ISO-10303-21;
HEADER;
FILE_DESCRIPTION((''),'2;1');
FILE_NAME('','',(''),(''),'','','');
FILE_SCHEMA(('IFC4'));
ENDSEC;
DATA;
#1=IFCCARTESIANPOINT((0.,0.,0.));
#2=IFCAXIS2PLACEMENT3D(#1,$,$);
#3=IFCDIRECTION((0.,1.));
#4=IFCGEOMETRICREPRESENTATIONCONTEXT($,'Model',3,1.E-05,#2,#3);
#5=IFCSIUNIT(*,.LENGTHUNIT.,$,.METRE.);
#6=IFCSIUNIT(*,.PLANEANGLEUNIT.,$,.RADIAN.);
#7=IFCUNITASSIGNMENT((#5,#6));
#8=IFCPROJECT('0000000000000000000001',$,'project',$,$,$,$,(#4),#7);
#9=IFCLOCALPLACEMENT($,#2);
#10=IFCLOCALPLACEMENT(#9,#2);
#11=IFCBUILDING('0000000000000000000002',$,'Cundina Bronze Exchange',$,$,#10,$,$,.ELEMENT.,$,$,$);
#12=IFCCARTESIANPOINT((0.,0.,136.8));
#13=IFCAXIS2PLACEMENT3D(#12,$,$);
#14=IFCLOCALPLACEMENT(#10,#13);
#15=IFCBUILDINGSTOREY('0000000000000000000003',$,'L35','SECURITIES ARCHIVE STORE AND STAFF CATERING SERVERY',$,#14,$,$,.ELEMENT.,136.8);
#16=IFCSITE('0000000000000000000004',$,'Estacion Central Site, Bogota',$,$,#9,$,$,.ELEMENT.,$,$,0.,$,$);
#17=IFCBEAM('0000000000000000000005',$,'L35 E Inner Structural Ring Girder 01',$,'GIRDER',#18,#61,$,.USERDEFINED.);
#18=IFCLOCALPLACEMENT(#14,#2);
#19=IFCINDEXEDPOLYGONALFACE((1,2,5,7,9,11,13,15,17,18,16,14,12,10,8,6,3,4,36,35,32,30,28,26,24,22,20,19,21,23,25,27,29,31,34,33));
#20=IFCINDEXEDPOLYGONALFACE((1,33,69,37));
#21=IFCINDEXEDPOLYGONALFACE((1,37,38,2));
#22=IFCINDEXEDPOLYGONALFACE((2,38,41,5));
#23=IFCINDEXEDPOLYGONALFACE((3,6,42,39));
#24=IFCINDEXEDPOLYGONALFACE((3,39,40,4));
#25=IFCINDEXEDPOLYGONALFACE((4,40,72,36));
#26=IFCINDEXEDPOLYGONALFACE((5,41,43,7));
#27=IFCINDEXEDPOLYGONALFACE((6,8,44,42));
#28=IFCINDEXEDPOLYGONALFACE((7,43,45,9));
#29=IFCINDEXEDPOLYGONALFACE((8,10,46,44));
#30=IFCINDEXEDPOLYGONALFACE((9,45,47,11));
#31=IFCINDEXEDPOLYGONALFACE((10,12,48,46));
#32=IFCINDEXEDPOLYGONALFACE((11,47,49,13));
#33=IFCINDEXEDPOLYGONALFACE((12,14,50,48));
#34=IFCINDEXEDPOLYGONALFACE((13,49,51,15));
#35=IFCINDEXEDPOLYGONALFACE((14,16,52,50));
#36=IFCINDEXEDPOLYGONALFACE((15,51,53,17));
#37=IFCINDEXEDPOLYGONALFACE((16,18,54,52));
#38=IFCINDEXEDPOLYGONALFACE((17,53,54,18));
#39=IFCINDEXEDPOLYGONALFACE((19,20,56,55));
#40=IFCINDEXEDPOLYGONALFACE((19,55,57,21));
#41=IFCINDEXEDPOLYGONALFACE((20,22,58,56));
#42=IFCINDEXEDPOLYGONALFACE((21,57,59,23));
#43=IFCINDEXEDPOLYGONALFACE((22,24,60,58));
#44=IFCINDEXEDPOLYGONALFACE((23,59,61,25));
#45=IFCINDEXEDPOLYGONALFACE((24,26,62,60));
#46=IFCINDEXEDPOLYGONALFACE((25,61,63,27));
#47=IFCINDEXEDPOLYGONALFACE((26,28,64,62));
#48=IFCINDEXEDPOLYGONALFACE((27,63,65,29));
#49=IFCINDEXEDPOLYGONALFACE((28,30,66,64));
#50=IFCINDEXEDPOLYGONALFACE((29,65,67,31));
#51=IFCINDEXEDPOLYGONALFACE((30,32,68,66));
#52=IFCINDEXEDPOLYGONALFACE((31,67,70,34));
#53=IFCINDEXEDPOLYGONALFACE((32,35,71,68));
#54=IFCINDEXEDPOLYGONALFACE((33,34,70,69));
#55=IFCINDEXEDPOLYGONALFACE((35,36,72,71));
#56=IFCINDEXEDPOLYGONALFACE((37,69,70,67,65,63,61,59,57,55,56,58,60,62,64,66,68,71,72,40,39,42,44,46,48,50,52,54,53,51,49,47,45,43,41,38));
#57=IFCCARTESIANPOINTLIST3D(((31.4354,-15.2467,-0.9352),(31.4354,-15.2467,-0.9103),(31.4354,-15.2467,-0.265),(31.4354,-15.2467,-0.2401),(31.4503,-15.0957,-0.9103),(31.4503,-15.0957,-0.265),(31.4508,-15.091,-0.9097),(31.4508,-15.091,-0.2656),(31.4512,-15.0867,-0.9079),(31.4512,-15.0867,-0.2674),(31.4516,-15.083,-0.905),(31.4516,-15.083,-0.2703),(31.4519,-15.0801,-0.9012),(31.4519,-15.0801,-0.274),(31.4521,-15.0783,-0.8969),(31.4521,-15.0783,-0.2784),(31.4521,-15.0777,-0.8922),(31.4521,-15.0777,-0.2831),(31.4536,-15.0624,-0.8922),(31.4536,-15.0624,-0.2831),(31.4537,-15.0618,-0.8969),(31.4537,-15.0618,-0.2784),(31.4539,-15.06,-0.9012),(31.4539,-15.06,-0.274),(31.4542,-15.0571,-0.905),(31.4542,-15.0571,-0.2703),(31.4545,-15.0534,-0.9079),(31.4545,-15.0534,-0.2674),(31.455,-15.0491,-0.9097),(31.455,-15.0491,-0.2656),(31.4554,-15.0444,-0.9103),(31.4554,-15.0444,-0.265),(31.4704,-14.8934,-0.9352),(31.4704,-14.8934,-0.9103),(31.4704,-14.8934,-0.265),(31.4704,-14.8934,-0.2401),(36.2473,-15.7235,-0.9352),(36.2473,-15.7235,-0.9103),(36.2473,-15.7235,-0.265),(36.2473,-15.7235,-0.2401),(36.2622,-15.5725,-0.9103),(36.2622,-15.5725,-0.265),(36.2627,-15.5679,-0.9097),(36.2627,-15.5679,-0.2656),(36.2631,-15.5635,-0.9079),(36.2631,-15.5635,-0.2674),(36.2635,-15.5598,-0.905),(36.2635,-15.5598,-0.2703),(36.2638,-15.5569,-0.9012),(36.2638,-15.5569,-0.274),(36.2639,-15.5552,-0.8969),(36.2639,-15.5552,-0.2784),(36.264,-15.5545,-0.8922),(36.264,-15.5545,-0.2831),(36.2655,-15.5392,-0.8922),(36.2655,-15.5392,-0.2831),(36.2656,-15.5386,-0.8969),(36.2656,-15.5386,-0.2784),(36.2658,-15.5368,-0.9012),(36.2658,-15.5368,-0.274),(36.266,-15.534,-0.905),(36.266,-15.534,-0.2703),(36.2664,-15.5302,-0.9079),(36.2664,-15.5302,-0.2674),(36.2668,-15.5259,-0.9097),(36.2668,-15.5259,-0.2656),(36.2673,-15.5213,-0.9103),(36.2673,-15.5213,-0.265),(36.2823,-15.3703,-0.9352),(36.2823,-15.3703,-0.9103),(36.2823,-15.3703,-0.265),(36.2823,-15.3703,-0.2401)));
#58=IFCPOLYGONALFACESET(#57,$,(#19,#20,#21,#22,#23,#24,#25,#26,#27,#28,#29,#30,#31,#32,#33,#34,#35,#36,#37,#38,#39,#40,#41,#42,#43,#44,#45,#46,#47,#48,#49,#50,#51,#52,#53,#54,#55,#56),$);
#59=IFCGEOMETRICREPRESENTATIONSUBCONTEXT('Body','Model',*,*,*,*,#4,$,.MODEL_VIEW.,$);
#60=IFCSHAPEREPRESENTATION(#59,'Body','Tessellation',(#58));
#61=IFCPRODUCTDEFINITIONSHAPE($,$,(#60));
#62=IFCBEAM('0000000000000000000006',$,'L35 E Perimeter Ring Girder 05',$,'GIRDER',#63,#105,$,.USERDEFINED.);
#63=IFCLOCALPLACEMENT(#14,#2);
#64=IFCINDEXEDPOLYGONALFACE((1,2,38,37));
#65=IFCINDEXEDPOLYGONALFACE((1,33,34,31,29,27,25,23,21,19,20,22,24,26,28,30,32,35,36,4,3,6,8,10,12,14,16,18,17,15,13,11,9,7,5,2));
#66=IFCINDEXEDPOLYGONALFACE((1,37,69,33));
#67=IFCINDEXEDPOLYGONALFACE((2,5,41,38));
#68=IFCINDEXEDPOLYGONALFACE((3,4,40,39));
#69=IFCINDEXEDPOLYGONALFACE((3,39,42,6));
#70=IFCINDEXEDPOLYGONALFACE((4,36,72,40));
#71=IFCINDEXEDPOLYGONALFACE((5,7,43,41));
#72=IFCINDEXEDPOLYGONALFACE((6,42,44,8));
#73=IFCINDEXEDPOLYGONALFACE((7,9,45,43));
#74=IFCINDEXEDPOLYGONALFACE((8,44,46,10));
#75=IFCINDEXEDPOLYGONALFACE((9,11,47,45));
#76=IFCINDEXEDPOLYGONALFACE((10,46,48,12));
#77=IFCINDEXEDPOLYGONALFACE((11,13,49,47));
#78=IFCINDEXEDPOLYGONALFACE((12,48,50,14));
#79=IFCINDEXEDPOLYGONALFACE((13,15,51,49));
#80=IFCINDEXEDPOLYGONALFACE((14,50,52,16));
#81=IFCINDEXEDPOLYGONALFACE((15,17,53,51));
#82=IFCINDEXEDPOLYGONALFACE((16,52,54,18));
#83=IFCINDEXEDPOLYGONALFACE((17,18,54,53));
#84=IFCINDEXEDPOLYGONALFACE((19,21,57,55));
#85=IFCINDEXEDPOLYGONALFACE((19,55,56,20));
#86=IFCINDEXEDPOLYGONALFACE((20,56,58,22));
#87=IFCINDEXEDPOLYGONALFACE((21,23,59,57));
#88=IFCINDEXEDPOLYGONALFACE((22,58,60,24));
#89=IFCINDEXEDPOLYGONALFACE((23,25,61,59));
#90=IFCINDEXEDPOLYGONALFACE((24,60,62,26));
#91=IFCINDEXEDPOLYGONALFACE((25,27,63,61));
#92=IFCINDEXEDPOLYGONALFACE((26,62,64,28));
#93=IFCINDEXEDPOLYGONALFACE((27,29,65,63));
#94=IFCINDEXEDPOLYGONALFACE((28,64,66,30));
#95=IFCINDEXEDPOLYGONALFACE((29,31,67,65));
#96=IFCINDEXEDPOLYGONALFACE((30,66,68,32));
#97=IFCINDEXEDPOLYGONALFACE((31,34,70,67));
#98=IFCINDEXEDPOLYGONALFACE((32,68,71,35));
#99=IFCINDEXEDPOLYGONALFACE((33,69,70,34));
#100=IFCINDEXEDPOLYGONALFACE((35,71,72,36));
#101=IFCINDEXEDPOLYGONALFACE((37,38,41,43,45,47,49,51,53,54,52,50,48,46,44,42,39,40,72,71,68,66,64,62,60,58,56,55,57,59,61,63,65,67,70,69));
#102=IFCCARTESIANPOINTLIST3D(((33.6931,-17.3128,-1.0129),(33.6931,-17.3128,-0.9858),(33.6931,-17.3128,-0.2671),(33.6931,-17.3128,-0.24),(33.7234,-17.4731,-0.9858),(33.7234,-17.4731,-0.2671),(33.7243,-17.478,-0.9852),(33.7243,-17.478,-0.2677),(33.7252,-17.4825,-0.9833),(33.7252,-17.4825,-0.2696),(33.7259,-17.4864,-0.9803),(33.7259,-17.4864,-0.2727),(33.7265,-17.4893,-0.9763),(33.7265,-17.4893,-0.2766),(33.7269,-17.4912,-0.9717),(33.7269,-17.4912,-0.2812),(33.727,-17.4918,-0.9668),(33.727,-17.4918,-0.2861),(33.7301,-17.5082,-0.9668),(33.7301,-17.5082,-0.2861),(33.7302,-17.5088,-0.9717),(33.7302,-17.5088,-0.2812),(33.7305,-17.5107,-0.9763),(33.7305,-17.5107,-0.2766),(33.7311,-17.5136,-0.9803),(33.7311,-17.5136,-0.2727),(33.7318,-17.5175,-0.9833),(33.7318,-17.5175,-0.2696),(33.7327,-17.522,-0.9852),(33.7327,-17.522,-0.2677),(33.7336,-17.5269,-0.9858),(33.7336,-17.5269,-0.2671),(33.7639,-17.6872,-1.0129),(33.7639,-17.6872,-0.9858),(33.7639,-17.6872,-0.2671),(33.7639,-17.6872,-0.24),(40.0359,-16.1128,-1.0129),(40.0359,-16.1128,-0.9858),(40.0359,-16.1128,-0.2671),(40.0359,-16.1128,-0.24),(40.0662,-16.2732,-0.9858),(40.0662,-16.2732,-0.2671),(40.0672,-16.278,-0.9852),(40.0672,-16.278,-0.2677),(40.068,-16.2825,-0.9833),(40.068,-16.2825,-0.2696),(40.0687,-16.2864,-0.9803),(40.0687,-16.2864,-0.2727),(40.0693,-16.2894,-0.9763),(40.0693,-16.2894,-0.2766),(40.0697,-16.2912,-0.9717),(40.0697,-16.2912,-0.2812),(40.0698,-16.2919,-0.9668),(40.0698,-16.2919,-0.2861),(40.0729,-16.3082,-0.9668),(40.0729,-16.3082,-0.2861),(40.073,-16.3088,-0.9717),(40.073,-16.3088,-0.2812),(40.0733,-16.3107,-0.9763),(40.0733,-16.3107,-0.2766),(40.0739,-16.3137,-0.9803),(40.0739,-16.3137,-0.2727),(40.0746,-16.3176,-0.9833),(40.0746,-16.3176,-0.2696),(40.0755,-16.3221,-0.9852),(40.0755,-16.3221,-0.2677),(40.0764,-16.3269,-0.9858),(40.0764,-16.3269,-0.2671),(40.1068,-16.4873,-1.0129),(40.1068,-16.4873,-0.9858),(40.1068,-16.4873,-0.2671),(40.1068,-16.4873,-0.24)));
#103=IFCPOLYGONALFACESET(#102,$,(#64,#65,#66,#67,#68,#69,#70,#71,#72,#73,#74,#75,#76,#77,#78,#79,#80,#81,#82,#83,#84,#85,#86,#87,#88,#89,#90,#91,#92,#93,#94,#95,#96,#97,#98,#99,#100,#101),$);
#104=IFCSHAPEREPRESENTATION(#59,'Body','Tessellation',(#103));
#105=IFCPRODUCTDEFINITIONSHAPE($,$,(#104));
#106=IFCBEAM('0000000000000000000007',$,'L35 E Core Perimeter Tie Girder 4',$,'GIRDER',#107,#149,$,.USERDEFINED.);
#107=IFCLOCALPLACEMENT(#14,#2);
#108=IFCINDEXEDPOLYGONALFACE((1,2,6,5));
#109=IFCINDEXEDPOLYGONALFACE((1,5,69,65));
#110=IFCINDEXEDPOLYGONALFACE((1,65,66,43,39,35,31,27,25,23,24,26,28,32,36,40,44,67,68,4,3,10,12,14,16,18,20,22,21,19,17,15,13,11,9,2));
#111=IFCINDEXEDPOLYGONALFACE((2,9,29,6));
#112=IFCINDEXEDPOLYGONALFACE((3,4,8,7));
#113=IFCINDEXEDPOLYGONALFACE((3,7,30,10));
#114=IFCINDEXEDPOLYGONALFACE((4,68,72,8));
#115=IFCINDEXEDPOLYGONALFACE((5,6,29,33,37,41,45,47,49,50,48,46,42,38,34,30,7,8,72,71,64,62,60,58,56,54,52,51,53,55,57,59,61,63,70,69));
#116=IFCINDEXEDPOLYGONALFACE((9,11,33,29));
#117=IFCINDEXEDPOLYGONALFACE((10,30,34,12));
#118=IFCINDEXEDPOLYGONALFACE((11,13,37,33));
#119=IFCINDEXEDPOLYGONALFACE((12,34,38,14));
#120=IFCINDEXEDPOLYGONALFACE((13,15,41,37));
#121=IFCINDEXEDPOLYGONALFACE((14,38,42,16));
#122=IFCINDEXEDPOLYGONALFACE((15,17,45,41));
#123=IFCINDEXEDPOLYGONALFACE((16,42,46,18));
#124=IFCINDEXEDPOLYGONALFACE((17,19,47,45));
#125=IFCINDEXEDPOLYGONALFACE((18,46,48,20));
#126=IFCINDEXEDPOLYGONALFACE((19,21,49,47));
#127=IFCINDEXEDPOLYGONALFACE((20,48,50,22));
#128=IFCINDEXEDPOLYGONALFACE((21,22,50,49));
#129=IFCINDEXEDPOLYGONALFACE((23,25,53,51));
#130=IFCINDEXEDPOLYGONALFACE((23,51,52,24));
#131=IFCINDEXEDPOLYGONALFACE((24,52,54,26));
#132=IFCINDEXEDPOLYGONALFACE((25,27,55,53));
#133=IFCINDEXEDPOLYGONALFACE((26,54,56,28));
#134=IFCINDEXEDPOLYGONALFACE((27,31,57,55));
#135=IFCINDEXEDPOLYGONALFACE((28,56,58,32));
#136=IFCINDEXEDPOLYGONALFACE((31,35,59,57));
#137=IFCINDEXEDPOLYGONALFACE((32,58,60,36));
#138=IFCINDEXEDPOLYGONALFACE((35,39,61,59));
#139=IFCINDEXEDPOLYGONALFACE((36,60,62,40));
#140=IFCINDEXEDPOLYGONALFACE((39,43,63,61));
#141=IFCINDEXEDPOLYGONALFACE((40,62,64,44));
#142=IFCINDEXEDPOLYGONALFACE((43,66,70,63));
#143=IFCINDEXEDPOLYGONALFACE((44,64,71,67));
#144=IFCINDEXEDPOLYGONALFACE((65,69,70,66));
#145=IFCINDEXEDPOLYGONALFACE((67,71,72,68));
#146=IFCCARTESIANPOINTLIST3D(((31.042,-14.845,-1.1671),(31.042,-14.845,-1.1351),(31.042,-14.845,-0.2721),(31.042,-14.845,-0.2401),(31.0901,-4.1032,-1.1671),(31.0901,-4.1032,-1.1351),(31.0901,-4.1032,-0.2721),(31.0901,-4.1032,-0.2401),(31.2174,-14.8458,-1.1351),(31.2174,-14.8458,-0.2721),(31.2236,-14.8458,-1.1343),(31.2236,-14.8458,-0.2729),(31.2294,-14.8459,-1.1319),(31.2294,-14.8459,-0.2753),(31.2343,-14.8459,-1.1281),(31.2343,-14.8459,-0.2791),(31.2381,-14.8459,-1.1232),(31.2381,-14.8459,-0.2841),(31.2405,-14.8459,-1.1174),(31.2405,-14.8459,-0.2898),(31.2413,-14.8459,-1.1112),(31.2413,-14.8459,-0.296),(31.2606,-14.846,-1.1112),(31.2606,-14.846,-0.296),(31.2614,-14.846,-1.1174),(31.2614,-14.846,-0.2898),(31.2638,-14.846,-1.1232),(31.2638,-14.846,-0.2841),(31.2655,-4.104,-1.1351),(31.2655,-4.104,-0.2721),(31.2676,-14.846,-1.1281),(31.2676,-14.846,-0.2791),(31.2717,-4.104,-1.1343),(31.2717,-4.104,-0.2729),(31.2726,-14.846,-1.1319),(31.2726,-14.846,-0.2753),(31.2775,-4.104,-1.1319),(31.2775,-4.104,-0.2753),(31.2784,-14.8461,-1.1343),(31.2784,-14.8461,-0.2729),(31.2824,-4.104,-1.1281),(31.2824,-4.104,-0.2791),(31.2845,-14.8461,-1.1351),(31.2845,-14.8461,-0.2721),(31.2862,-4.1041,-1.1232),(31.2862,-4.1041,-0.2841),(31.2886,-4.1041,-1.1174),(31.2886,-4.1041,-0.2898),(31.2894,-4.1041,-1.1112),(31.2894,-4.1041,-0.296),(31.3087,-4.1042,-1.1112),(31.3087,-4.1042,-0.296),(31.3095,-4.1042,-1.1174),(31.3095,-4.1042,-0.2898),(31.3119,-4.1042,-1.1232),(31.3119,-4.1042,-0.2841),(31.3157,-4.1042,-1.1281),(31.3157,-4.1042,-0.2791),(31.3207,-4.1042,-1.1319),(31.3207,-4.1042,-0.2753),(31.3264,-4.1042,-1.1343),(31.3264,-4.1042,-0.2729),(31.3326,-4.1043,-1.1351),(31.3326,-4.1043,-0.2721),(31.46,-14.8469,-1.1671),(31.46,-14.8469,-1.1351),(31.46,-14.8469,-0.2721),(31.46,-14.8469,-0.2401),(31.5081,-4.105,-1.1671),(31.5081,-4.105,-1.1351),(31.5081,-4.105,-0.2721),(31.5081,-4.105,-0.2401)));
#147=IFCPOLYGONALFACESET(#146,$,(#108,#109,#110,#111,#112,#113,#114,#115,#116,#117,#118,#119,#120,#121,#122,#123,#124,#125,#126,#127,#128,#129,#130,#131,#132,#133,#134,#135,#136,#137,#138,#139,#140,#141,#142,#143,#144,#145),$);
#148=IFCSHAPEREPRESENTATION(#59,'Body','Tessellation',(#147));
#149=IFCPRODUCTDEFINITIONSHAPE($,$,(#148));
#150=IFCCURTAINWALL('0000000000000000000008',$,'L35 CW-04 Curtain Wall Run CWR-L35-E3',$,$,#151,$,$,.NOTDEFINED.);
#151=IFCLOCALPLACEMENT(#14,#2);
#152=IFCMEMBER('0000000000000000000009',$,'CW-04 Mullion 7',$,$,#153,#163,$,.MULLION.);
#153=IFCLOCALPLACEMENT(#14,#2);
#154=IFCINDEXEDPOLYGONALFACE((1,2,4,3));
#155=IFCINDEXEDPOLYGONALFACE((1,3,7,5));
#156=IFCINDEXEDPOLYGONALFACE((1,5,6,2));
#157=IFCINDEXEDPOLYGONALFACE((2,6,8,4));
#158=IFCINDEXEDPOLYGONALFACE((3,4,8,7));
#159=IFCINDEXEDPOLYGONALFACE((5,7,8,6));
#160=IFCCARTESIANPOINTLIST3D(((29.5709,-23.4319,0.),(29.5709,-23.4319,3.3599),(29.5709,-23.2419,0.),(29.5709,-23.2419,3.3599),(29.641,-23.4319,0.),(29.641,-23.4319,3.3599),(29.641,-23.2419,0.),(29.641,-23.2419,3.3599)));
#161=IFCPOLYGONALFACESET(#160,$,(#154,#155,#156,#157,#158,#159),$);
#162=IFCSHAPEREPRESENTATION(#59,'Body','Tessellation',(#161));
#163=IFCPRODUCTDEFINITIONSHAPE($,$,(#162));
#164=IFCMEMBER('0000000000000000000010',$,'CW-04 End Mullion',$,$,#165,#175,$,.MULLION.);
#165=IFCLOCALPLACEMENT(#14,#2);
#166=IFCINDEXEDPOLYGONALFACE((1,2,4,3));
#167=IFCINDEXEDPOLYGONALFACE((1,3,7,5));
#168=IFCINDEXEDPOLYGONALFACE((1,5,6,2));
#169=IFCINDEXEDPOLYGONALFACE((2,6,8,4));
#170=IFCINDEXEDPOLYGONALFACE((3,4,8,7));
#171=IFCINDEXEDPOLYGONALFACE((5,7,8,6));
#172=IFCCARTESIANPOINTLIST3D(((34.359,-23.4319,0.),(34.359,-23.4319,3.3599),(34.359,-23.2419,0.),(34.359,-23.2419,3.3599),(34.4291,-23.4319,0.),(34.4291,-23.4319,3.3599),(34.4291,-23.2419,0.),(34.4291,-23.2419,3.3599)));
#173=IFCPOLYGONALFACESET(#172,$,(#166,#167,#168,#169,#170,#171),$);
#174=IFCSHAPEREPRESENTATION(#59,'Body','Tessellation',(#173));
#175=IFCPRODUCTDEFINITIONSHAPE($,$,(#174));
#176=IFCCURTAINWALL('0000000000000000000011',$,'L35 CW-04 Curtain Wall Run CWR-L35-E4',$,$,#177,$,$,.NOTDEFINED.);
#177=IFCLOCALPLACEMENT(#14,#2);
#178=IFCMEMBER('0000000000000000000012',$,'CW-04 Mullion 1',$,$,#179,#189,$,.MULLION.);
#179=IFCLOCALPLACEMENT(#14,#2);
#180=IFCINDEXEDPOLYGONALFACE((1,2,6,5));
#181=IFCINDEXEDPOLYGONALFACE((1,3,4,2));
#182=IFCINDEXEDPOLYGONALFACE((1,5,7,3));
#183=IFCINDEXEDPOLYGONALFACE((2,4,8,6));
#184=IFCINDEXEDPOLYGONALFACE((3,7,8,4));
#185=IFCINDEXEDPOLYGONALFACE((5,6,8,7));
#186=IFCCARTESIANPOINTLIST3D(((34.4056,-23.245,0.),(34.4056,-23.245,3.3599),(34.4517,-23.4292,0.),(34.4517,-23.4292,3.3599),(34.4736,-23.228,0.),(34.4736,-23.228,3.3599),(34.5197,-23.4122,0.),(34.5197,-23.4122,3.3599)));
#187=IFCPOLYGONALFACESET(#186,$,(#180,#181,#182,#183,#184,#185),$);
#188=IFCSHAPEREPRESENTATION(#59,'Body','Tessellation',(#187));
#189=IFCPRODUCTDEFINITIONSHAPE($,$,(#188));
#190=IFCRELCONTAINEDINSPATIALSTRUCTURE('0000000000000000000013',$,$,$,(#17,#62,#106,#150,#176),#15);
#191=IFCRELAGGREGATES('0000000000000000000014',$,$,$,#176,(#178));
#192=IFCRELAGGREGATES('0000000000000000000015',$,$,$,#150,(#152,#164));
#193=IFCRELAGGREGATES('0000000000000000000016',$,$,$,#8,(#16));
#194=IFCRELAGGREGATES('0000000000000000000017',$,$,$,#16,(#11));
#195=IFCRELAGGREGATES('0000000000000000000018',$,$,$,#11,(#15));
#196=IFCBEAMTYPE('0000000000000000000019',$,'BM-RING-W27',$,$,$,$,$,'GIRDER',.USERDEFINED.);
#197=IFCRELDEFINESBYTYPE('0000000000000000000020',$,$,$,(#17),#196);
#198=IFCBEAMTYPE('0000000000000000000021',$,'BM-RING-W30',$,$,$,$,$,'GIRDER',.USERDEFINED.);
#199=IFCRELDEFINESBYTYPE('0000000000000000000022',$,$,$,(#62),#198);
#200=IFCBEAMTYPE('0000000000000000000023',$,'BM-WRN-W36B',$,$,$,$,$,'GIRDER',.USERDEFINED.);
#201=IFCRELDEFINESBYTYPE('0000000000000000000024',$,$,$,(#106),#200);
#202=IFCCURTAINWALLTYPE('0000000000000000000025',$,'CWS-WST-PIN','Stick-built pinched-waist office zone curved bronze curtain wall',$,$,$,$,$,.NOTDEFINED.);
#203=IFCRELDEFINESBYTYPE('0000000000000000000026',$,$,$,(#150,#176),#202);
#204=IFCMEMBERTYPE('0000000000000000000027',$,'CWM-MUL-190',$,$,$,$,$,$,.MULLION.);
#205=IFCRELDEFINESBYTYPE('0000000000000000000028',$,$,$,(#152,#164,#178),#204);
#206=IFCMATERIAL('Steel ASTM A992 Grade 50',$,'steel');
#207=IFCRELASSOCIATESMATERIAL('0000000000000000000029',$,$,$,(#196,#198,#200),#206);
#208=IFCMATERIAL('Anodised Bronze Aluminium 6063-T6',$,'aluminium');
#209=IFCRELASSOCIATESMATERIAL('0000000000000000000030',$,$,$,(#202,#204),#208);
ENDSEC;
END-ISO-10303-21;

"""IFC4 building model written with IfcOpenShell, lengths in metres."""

from ifc_helpers import new_model, si_unit, direction, frame, origin, origin_2d, place, context, subcontext, project, spatial, rectangle, i_section, extrude, material, material_profile, profile_set, type_object, element, aggregate, save


model = new_model("IFC4")

# Units and contexts
model_context = context("Model", 3, precision=1e-05, world=origin(), true_north=direction((0.0, 1.0)))
body_context = subcontext(model_context, "Body", "Model", "MODEL_VIEW")
ifc_project = project(units=[si_unit("LENGTHUNIT", "METRE"), si_unit("PLANEANGLEUNIT", "RADIAN")], contexts=[model_context])

# Site, building, storey
site_placement = place(None, origin())
site = spatial("IfcSite", under=ifc_project, at=site_placement, Name="Estacion Central Site, Bogota", CompositionType="ELEMENT", RefElevation=0.0)
building_placement = place(site_placement, origin())
building = spatial("IfcBuilding", under=site, at=building_placement, Name="Cundina Bronze Exchange", CompositionType="ELEMENT")
storey_placement = place(building_placement, frame((0.0, 0.0, 136.8)))
storey = spatial("IfcBuildingStorey", under=building, at=storey_placement, Name="L35", Description="SECURITIES ARCHIVE STORE AND STAFF CATERING SERVERY", CompositionType="ELEMENT", Elevation=136.8)

# Shared definitions
ifc_material_1 = material(Name="Steel ASTM A992 Grade 50", Category="steel")

# Beams
ifc_material_profile_1 = material_profile(ifc_material_1, i_section(OverallWidth=0.355, OverallDepth=0.6951, WebThickness=0.0154, FlangeThickness=0.0249, FilletRadius=0.0181, at=origin_2d()), Name="W27X146", Category="steel")
ifc_profile_set_1 = profile_set([ifc_material_profile_1], Name="Steel ASTM A992 Grade 50")
beam_type_1 = type_object("IfcBeamType", Name="BM-RING-W27", ElementType="GIRDER", PredefinedType="USERDEFINED", material=ifc_profile_set_1)
beam_1_placement = place(storey_placement, frame((31.4529, -15.0701, -0.5876), z_axis=(0.995126, -0.098609, 0.0), x_axis=(0.098609, 0.995126, 0.0)))
element("IfcBeam", 1, at=beam_1_placement, inside=storey, type_object=beam_type_1, Name="L35 E Inner Structural Ring Girder 01", ObjectType="GIRDER", PredefinedType="USERDEFINED", context=body_context, shape_type="SweptSolid", body=[
    extrude(i_section(OverallWidth=0.355, OverallDepth=0.6951, WebThickness=0.0154, FlangeThickness=0.0249, FilletRadius=0.0181, at=origin_2d()), origin(), (0.0, 0.0, 1.0), 4.8354),
])
ifc_material_profile_2 = material_profile(ifc_material_1, i_section(OverallWidth=0.3811, OverallDepth=0.7729, WebThickness=0.0166, FlangeThickness=0.0271, FilletRadius=0.019, at=origin_2d()), Name="W30X173", Category="steel")
ifc_profile_set_2 = profile_set([ifc_material_profile_2], Name="Steel ASTM A992 Grade 50")
beam_type_2 = type_object("IfcBeamType", Name="BM-RING-W30", ElementType="GIRDER", PredefinedType="USERDEFINED", material=ifc_profile_set_2)
beam_2_placement = place(storey_placement, frame((33.7285, -17.5, -0.6265), z_axis=(0.982571, 0.185887, 0.0), x_axis=(-0.185887, 0.982571, 0.0)))
element("IfcBeam", 2, at=beam_2_placement, inside=storey, type_object=beam_type_2, Name="L35 E Perimeter Ring Girder 05", ObjectType="GIRDER", PredefinedType="USERDEFINED", context=body_context, shape_type="SweptSolid", body=[
    extrude(i_section(OverallWidth=0.3811, OverallDepth=0.7729, WebThickness=0.0166, FlangeThickness=0.0271, FilletRadius=0.019, at=origin_2d()), origin(), (0.0, 0.0, 1.0), 6.4553),
])
ifc_material_profile_3 = material_profile(ifc_material_1, i_section(OverallWidth=0.418, OverallDepth=0.927, WebThickness=0.0193, FlangeThickness=0.032, FilletRadius=0.0239, at=origin_2d()), Name="W36X231", Category="steel")
ifc_profile_set_3 = profile_set([ifc_material_profile_3], Name="Steel ASTM A992 Grade 50")
beam_type_3 = type_object("IfcBeamType", Name="BM-WRN-W36B", ElementType="GIRDER", PredefinedType="USERDEFINED", material=ifc_profile_set_3)
beam_3_placement = place(storey_placement, frame((31.251, -14.8459, -0.7036), z_axis=(0.004477, 0.99999, 0.0), x_axis=(-0.99999, 0.004477, 0.0)))
element("IfcBeam", 3, at=beam_3_placement, inside=storey, type_object=beam_type_3, Name="L35 E Core Perimeter Tie Girder 4", ObjectType="GIRDER", PredefinedType="USERDEFINED", context=body_context, shape_type="SweptSolid", body=[
    extrude(i_section(OverallWidth=0.418, OverallDepth=0.927, WebThickness=0.0193, FlangeThickness=0.032, FilletRadius=0.0239, at=origin_2d()), origin(), (0.0, 0.0, 1.0), 10.7419),
])

# Curtain wall, members
ifc_material_2 = material(Name="Anodised Bronze Aluminium 6063-T6", Category="aluminium")
curtain_wall_type = type_object("IfcCurtainWallType", Name="CWS-WST-PIN", Description="Stick-built pinched-waist office zone curved bronze curtain wall", PredefinedType="NOTDEFINED", material=ifc_material_2)
curtain_wall_1_placement = place(storey_placement, origin())
curtain_wall_1 = element("IfcCurtainWall", 4, at=curtain_wall_1_placement, inside=storey, type_object=curtain_wall_type, Name="L35 CW-04 Curtain Wall Run CWR-L35-E3", PredefinedType="NOTDEFINED")
ifc_material_profile_4 = material_profile(ifc_material_2, rectangle(XDim=0.0701, YDim=0.1899, at=origin_2d()), Name="AL70X190", Category="aluminium")
ifc_profile_set_4 = profile_set([ifc_material_profile_4], Name="Anodised Bronze Aluminium 6063-T6")
member_type_1 = type_object("IfcMemberType", Name="CWM-MUL-190", PredefinedType="MULLION", material=ifc_profile_set_4)
member_1_placement = place(storey_placement, frame((29.606, -23.3369, 0.0), z_axis=(0.0, 0.0, 1.0), x_axis=(1.0, 0.0, 0.0)))
member_1 = element("IfcMember", 5, at=member_1_placement, type_object=member_type_1, Name="CW-04 Mullion 7", PredefinedType="MULLION", context=body_context, shape_type="SweptSolid", body=[
    extrude(rectangle(XDim=0.0701, YDim=0.1899, at=origin_2d()), origin(), (0.0, 0.0, 1.0), 3.3599),
])
member_2_placement = place(storey_placement, frame((34.394, -23.3369, 0.0), z_axis=(0.0, 0.0, 1.0), x_axis=(1.0, 0.0, 0.0)))
member_2 = element("IfcMember", 6, at=member_2_placement, type_object=member_type_1, Name="CW-04 End Mullion", PredefinedType="MULLION", context=body_context, shape_type="SweptSolid", body=[
    extrude(rectangle(XDim=0.0701, YDim=0.1899, at=origin_2d()), origin(), (0.0, 0.0, 1.0), 3.3599),
])

# Curtain wall, member
curtain_wall_2_placement = place(storey_placement, origin())
curtain_wall_2 = element("IfcCurtainWall", 7, at=curtain_wall_2_placement, inside=storey, type_object=curtain_wall_type, Name="L35 CW-04 Curtain Wall Run CWR-L35-E4", PredefinedType="NOTDEFINED")
member_3_placement = place(storey_placement, frame((34.4626, -23.3286, 0.0), z_axis=(0.0, 0.0, 1.0), x_axis=(0.970084, 0.242769, 0.0)))
member_3 = element("IfcMember", 8, at=member_3_placement, type_object=member_type_1, Name="CW-04 Mullion 1", PredefinedType="MULLION", context=body_context, shape_type="SweptSolid", body=[
    extrude(rectangle(XDim=0.0701, YDim=0.1899, at=origin_2d()), origin(), (0.0, 0.0, 1.0), 3.3599),
])

aggregate(curtain_wall_2, [member_3])

aggregate(curtain_wall_1, [member_1, member_2])

save(model, "model.ifc")
